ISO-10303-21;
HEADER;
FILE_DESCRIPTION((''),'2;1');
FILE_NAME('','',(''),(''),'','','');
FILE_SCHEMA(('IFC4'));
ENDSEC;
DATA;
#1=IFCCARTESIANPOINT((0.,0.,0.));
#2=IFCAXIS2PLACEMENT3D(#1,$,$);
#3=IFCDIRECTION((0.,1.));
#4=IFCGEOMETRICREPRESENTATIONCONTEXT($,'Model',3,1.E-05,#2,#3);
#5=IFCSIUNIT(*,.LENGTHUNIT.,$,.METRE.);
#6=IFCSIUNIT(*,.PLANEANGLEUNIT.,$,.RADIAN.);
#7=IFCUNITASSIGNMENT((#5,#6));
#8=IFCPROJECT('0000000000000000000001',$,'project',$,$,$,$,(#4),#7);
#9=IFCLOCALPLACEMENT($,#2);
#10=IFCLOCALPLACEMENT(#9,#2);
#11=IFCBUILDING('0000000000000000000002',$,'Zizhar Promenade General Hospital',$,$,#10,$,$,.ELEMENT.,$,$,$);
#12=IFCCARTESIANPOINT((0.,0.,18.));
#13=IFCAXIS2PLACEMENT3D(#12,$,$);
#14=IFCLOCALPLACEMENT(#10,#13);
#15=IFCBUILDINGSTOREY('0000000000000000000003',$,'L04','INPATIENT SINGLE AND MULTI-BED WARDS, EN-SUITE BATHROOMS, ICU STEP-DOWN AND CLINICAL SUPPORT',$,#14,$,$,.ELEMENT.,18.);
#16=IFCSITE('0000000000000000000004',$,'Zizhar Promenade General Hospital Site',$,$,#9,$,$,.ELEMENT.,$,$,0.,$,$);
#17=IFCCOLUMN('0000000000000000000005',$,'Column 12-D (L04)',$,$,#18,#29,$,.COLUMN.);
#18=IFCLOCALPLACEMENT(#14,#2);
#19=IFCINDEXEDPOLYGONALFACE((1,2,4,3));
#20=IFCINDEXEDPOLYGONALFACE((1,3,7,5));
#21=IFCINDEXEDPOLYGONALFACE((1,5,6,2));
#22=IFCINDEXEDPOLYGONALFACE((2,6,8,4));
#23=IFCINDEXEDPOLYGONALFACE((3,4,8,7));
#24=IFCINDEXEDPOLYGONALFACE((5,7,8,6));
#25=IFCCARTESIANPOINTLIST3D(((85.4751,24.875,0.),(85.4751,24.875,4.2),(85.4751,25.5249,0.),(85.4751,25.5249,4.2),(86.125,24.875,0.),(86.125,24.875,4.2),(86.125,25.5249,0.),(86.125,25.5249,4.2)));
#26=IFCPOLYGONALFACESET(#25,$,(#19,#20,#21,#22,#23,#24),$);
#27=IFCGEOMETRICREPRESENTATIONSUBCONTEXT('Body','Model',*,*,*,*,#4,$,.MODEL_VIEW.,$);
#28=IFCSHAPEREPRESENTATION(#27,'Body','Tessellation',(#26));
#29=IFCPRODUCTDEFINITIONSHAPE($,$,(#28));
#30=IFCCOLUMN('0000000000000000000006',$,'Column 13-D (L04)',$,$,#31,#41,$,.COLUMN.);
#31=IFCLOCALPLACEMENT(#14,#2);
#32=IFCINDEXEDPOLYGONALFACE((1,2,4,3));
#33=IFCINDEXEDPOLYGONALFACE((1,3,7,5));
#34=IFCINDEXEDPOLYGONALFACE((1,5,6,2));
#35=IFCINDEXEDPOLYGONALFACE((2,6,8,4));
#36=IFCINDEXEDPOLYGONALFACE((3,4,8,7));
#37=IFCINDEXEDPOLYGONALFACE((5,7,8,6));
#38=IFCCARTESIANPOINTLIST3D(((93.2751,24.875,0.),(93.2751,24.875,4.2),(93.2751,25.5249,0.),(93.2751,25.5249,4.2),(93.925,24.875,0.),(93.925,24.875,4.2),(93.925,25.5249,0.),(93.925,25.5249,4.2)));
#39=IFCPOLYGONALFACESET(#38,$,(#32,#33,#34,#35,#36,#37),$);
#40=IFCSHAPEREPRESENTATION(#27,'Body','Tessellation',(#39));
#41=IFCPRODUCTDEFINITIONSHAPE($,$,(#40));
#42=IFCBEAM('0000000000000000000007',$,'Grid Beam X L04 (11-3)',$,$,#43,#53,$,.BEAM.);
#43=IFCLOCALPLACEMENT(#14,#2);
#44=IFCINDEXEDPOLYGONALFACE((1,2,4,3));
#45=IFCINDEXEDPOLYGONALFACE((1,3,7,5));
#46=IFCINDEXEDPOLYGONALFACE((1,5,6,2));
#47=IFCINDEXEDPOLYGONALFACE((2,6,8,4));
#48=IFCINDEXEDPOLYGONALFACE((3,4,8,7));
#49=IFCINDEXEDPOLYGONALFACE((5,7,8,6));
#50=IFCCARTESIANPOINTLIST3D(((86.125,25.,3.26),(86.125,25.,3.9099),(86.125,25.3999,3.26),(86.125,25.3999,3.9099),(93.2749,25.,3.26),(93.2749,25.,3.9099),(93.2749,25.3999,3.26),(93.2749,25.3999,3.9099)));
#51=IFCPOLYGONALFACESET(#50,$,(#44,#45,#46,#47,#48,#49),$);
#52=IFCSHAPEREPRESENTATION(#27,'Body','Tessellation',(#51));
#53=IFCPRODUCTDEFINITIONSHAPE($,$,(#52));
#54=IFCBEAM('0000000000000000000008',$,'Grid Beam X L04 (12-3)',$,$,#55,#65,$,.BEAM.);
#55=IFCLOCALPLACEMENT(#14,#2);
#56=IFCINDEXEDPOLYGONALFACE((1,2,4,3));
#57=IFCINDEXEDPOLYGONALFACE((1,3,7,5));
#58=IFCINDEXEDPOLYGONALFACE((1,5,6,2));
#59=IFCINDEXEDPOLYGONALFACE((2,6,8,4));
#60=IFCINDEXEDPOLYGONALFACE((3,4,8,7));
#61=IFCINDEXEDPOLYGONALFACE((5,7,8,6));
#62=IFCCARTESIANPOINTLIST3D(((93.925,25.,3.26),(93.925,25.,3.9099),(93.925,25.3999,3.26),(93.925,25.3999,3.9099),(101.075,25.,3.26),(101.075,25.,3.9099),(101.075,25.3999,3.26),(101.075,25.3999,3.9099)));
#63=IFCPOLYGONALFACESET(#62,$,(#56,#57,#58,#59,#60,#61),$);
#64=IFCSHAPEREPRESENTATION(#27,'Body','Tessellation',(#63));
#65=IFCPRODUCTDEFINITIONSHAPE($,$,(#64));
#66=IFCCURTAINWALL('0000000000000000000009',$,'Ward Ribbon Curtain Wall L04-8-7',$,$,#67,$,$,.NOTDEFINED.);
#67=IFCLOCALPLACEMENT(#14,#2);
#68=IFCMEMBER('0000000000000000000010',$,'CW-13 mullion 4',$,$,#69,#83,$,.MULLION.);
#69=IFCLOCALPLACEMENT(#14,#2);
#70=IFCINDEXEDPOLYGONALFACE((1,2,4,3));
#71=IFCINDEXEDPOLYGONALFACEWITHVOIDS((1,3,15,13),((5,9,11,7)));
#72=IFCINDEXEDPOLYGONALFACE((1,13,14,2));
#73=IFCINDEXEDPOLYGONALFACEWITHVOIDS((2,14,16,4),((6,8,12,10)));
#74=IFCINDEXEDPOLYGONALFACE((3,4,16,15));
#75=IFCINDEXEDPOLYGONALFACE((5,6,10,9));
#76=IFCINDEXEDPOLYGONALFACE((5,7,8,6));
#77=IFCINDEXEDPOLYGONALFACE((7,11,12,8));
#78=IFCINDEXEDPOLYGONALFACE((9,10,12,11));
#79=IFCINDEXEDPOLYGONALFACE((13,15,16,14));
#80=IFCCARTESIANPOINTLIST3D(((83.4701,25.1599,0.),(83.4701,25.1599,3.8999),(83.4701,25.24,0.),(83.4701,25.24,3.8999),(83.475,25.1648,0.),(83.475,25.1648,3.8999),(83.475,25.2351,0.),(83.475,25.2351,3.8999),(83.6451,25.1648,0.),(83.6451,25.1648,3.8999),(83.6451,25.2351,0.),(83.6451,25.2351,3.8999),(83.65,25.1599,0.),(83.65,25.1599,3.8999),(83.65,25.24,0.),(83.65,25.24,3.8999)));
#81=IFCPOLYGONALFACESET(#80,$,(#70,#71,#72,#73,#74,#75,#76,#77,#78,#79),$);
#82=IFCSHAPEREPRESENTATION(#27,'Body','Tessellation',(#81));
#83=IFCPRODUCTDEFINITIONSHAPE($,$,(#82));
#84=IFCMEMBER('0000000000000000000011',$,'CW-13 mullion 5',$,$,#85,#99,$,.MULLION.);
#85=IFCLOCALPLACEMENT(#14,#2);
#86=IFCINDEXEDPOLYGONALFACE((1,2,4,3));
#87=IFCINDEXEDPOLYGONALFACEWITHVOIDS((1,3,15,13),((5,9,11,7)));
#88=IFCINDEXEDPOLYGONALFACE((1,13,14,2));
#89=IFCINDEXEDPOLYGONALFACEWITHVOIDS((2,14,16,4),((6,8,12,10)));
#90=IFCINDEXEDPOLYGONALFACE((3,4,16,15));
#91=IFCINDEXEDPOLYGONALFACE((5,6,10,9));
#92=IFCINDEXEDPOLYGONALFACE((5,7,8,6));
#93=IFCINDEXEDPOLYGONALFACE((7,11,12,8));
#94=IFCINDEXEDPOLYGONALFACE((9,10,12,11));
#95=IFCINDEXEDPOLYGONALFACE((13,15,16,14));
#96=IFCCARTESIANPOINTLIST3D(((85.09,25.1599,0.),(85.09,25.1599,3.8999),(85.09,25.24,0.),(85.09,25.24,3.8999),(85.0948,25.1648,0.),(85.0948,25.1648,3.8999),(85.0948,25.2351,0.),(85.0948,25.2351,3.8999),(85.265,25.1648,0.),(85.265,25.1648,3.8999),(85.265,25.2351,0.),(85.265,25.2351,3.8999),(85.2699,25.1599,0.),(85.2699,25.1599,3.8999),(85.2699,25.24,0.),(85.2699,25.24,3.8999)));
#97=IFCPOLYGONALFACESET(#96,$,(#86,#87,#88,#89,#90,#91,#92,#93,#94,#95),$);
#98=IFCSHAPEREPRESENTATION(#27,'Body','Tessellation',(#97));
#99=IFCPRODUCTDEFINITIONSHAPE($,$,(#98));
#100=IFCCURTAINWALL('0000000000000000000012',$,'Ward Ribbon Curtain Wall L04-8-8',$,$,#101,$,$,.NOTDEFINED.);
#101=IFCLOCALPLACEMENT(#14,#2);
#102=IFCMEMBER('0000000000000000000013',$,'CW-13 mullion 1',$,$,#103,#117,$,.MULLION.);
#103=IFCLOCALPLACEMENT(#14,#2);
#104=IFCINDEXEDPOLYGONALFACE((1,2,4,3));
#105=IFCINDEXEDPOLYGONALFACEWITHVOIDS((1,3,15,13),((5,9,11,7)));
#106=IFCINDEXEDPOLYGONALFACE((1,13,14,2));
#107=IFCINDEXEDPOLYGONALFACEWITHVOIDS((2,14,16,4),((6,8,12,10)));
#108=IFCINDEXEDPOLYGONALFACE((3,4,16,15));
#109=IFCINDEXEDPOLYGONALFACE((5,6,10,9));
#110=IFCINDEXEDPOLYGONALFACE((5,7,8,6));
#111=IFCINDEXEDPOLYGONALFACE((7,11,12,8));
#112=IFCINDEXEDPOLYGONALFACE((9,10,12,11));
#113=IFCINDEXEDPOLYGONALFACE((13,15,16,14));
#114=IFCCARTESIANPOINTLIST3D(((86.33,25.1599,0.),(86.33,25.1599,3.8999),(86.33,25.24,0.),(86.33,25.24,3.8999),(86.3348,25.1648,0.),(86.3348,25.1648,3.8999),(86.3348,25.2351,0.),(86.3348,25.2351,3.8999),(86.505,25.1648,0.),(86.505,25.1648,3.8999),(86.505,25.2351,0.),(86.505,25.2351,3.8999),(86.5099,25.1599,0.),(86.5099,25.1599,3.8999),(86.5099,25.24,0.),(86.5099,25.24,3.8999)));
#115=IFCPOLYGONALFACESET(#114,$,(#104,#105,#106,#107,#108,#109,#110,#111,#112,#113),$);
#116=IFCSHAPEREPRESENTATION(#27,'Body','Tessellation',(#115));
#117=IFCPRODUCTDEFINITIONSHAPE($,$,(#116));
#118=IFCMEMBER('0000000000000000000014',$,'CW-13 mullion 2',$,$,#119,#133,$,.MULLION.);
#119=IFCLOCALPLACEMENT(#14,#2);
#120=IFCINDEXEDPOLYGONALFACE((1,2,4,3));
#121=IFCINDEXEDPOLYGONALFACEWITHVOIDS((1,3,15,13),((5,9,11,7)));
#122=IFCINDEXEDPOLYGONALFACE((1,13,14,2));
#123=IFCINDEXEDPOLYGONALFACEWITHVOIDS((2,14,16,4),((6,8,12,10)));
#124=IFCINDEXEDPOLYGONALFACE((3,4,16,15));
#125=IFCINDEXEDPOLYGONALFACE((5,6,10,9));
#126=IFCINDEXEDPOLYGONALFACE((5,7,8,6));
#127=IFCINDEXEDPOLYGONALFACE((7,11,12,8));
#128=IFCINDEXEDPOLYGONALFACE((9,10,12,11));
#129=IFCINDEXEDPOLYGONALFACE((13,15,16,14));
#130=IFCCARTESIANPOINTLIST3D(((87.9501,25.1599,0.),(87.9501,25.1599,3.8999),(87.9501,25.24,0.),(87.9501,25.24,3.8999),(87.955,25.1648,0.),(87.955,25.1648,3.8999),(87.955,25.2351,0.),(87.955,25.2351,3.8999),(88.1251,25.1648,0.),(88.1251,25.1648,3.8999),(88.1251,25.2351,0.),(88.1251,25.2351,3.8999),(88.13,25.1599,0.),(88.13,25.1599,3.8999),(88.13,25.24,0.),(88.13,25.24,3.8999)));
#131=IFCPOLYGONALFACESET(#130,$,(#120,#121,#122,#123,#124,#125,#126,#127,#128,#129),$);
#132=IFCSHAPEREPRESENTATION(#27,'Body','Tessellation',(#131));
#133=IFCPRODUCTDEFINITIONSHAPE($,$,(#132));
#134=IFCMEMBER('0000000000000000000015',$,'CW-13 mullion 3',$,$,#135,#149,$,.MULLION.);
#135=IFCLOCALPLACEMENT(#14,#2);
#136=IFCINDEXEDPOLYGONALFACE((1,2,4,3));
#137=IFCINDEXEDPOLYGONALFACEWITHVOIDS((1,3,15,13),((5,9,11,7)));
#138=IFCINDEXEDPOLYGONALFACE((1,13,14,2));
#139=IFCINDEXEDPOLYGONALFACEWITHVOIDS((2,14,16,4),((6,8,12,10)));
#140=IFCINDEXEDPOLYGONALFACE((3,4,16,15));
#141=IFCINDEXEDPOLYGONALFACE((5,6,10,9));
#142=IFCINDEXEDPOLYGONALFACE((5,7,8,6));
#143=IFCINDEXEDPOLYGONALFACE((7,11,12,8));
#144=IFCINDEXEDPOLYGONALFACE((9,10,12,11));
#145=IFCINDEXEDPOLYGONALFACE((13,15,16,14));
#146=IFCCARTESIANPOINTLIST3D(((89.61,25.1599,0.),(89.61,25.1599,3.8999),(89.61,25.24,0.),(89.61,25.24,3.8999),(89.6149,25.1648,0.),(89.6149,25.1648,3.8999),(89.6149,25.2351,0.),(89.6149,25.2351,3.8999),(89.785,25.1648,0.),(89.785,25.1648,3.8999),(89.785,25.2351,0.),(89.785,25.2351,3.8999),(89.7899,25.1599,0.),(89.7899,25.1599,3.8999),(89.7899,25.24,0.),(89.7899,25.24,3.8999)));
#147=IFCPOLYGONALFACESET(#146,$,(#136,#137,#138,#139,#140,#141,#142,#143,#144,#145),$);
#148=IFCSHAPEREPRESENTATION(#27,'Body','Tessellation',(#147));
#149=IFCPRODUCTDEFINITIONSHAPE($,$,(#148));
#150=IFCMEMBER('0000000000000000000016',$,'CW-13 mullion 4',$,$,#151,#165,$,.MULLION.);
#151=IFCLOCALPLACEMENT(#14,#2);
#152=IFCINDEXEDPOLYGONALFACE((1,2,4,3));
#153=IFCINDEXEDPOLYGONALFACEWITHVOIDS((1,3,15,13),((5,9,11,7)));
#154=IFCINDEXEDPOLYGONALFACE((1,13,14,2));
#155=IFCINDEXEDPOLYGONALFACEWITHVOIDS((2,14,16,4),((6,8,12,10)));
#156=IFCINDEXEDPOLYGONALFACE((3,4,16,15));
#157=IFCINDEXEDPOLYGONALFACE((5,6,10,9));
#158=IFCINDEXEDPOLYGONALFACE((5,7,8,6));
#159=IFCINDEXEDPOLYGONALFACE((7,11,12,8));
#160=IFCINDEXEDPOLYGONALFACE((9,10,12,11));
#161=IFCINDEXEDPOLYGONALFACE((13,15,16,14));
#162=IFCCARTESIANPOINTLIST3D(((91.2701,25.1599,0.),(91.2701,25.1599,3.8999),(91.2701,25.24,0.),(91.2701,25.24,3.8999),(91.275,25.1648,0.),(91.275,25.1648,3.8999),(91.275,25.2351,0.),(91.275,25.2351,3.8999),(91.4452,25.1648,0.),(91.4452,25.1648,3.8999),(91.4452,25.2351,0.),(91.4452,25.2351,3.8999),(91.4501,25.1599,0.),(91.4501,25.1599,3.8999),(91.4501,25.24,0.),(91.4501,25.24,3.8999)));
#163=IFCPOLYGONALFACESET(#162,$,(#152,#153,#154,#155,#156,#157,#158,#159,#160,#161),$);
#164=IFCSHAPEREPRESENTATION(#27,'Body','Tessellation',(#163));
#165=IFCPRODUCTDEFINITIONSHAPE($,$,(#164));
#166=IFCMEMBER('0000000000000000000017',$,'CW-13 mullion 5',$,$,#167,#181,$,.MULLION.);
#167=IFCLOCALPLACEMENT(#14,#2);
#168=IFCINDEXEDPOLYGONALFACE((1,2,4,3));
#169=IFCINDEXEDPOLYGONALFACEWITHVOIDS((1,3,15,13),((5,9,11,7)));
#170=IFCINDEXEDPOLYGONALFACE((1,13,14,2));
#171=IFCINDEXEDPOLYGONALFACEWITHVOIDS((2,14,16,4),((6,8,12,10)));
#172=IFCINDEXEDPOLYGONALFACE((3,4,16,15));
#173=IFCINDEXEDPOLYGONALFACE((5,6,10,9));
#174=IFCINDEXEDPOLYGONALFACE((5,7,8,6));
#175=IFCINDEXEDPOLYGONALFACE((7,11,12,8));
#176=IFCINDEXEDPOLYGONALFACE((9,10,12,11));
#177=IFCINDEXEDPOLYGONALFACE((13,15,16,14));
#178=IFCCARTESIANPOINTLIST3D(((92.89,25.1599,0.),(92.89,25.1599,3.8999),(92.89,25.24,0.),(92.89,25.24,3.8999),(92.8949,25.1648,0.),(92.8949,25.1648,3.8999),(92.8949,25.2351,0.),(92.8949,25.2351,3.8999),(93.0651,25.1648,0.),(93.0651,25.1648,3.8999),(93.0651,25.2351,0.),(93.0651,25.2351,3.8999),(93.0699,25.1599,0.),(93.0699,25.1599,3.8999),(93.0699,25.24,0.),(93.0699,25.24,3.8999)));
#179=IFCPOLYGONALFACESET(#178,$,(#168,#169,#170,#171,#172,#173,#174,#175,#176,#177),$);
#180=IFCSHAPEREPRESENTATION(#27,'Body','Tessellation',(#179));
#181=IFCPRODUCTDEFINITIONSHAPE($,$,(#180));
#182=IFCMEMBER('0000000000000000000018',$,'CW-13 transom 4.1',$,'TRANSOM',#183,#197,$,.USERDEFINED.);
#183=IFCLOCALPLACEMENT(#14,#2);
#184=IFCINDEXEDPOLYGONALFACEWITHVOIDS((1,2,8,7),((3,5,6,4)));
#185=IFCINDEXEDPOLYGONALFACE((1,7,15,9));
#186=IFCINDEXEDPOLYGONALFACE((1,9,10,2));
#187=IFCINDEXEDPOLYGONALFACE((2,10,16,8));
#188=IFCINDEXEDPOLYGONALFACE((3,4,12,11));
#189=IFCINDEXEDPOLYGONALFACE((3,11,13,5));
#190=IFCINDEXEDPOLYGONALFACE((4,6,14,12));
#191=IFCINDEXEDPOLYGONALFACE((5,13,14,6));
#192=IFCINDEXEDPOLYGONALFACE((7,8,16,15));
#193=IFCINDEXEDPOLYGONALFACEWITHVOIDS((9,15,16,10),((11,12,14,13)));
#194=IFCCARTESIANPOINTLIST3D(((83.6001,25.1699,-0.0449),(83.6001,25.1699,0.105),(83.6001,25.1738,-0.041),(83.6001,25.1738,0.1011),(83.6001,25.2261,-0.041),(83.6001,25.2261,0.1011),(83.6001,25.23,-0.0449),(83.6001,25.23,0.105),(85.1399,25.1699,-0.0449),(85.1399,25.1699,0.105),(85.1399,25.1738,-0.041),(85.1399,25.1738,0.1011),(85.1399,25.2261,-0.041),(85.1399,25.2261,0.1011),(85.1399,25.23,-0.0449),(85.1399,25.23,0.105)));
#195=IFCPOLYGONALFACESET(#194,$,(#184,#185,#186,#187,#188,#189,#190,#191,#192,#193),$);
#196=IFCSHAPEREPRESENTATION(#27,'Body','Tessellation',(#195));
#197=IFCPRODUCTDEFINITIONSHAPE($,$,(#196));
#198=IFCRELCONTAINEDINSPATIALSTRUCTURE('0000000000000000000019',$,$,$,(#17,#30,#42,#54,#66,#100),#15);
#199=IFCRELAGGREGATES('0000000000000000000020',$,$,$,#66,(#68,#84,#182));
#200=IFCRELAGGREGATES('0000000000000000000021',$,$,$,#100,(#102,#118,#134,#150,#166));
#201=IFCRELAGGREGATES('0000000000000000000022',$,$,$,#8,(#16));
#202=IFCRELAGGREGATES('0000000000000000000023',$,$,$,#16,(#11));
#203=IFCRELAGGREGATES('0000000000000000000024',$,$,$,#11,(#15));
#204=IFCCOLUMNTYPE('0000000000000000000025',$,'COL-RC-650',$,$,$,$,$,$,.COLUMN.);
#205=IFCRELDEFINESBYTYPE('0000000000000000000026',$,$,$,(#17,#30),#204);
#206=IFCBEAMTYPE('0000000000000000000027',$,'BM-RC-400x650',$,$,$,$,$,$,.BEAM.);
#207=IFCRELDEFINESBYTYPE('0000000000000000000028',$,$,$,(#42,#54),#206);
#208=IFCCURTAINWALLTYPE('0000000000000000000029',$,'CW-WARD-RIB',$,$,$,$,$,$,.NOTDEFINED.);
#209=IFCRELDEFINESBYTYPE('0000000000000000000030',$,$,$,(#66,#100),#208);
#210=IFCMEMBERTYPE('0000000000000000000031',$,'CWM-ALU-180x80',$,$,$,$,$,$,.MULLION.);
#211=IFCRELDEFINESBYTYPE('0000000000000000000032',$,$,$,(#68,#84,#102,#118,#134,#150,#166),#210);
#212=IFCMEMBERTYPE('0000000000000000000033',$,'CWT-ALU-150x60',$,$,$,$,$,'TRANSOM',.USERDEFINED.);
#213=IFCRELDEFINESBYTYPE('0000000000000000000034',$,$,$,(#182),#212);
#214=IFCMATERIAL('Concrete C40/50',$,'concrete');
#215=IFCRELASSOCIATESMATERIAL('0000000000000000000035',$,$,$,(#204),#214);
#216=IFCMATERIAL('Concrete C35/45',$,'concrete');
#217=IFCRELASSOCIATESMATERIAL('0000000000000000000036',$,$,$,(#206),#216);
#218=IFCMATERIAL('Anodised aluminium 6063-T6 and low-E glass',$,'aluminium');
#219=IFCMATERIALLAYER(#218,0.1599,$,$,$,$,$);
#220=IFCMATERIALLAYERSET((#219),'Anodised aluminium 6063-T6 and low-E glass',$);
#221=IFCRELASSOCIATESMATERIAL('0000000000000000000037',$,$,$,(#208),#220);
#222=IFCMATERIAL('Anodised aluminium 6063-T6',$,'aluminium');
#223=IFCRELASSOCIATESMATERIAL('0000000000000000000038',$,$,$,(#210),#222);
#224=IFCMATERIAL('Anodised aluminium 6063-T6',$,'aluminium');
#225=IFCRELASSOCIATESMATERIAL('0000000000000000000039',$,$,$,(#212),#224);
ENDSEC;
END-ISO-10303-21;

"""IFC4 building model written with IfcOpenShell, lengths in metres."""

from ifc_helpers import new_model, si_unit, direction, frame, origin, origin_2d, place, context, subcontext, project, spatial, rectangle, hollow_rectangle, extrude, material, layer, layer_set, material_profile, profile_set, type_object, element, aggregate, save


model = new_model("IFC4")

# Units and contexts
model_context = context("Model", 3, precision=1e-05, world=origin(), true_north=direction((0.0, 1.0)))
body_context = subcontext(model_context, "Body", "Model", "MODEL_VIEW")
ifc_project = project(units=[si_unit("LENGTHUNIT", "METRE"), si_unit("PLANEANGLEUNIT", "RADIAN")], contexts=[model_context])

# Site, building, storey
site_placement = place(None, origin())
site = spatial("IfcSite", under=ifc_project, at=site_placement, Name="Zizhar Promenade General Hospital Site", CompositionType="ELEMENT", RefElevation=0.0)
building_placement = place(site_placement, origin())
building = spatial("IfcBuilding", under=site, at=building_placement, Name="Zizhar Promenade General Hospital", CompositionType="ELEMENT")
storey_placement = place(building_placement, frame((0.0, 0.0, 18.0)))
storey = spatial("IfcBuildingStorey", under=building, at=storey_placement, Name="L04", Description="INPATIENT SINGLE AND MULTI-BED WARDS, EN-SUITE BATHROOMS, ICU STEP-DOWN AND CLINICAL SUPPORT", CompositionType="ELEMENT", Elevation=18.0)

# Columns
ifc_material_1 = material(Name="Concrete C40/50", Category="concrete")
ifc_material_profile_1 = material_profile(ifc_material_1, rectangle(XDim=0.6499, YDim=0.6499, at=origin_2d()))
ifc_profile_set_1 = profile_set([ifc_material_profile_1], Name="Concrete C40/50")
column_type = type_object("IfcColumnType", Name="COL-RC-650", PredefinedType="COLUMN", material=ifc_profile_set_1)
for number, where, z_axis, x_axis, name in (
    (1, (85.8, 25.2, 0.0), (0.0, 0.0, 1.0), (1.0, 0.0, 0.0), "Column 12-D (L04)"),
    (2, (93.6001, 25.2, 0.0), (0.0, 0.0, 1.0), (1.0, 0.0, 0.0), "Column 13-D (L04)"),
):
    element("IfcColumn", number, at=place(storey_placement, frame(where, z_axis=z_axis, x_axis=x_axis)), inside=storey, type_object=column_type, Name=name, PredefinedType="COLUMN", context=body_context, shape_type="SweptSolid", body=[
        extrude(rectangle(XDim=0.6499, YDim=0.6499, at=origin_2d()), origin(), (0.0, 0.0, 1.0), 4.2),
    ])

# Beams
ifc_material_2 = material(Name="Concrete C35/45", Category="concrete")
ifc_material_profile_2 = material_profile(ifc_material_2, rectangle(XDim=0.3999, YDim=0.6499, at=origin_2d()))
ifc_profile_set_2 = profile_set([ifc_material_profile_2], Name="Concrete C35/45")
beam_type = type_object("IfcBeamType", Name="BM-RC-400x650", PredefinedType="BEAM", material=ifc_profile_set_2)
for number, where, z_axis, x_axis, name in (
    (3, (86.125, 25.2, 3.585), (1.0, 0.0, 0.0), (0.0, 1.0, 0.0), "Grid Beam X L04 (11-3)"),
    (4, (93.925, 25.2, 3.585), (1.0, 0.0, 0.0), (0.0, 1.0, 0.0), "Grid Beam X L04 (12-3)"),
):
    element("IfcBeam", number, at=place(storey_placement, frame(where, z_axis=z_axis, x_axis=x_axis)), inside=storey, type_object=beam_type, Name=name, PredefinedType="BEAM", context=body_context, shape_type="SweptSolid", body=[
        extrude(rectangle(XDim=0.3999, YDim=0.6499, at=origin_2d()), origin(), (0.0, 0.0, 1.0), 7.1499),
    ])

# Curtain walls, members
ifc_material_3 = material(Name="Anodised aluminium 6063-T6 and low-E glass", Category="aluminium")
ifc_layer_1 = layer(ifc_material_3, 0.1599)
ifc_layer_set_1 = layer_set([ifc_layer_1], Name="Anodised aluminium 6063-T6 and low-E glass")
curtain_wall_type = type_object("IfcCurtainWallType", Name="CW-WARD-RIB", PredefinedType="NOTDEFINED", material=ifc_layer_set_1)
curtain_wall_1_placement = place(storey_placement, origin())
curtain_wall_1 = element("IfcCurtainWall", 5, at=curtain_wall_1_placement, inside=storey, type_object=curtain_wall_type, Name="Ward Ribbon Curtain Wall L04-8-7", PredefinedType="NOTDEFINED")
ifc_material_4 = material(Name="Anodised aluminium 6063-T6", Category="aluminium")
ifc_material_profile_3 = material_profile(ifc_material_4, hollow_rectangle(XDim=0.0801, YDim=0.1799, WallThickness=0.0049, at=origin_2d()))
ifc_profile_set_3 = profile_set([ifc_material_profile_3], Name="Anodised aluminium 6063-T6")
member_type_1 = type_object("IfcMemberType", Name="CWM-ALU-180x80", PredefinedType="MULLION", material=ifc_profile_set_3)
member_1_placement = place(storey_placement, frame((83.5601, 25.2, 0.0), z_axis=(0.0, 0.0, 1.0), x_axis=(0.0, 1.0, 0.0)))
member_1 = element("IfcMember", 6, at=member_1_placement, type_object=member_type_1, Name="CW-13 mullion 4", PredefinedType="MULLION", context=body_context, shape_type="SweptSolid", body=[
    extrude(hollow_rectangle(XDim=0.0801, YDim=0.1799, WallThickness=0.0049, at=origin_2d()), origin(), (0.0, 0.0, 1.0), 3.8999),
])
member_2_placement = place(storey_placement, frame((85.1799, 25.2, 0.0), z_axis=(0.0, 0.0, 1.0), x_axis=(0.0, 1.0, 0.0)))
member_2 = element("IfcMember", 7, at=member_2_placement, type_object=member_type_1, Name="CW-13 mullion 5", PredefinedType="MULLION", context=body_context, shape_type="SweptSolid", body=[
    extrude(hollow_rectangle(XDim=0.0801, YDim=0.1799, WallThickness=0.0049, at=origin_2d()), origin(), (0.0, 0.0, 1.0), 3.8999),
])
curtain_wall_2_placement = place(storey_placement, origin())
curtain_wall_2 = element("IfcCurtainWall", 8, at=curtain_wall_2_placement, inside=storey, type_object=curtain_wall_type, Name="Ward Ribbon Curtain Wall L04-8-8", PredefinedType="NOTDEFINED")
member_3_placement = place(storey_placement, frame((86.4199, 25.2, 0.0), z_axis=(0.0, 0.0, 1.0), x_axis=(0.0, 1.0, 0.0)))
member_3 = element("IfcMember", 9, at=member_3_placement, type_object=member_type_1, Name="CW-13 mullion 1", PredefinedType="MULLION", context=body_context, shape_type="SweptSolid", body=[
    extrude(hollow_rectangle(XDim=0.0801, YDim=0.1799, WallThickness=0.0049, at=origin_2d()), origin(), (0.0, 0.0, 1.0), 3.8999),
])
member_4_placement = place(storey_placement, frame((88.04, 25.2, 0.0), z_axis=(0.0, 0.0, 1.0), x_axis=(0.0, 1.0, 0.0)))
member_4 = element("IfcMember", 10, at=member_4_placement, type_object=member_type_1, Name="CW-13 mullion 2", PredefinedType="MULLION", context=body_context, shape_type="SweptSolid", body=[
    extrude(hollow_rectangle(XDim=0.0801, YDim=0.1799, WallThickness=0.0049, at=origin_2d()), origin(), (0.0, 0.0, 1.0), 3.8999),
])
member_5_placement = place(storey_placement, frame((89.7, 25.2, 0.0), z_axis=(0.0, 0.0, 1.0), x_axis=(0.0, 1.0, 0.0)))
member_5 = element("IfcMember", 11, at=member_5_placement, type_object=member_type_1, Name="CW-13 mullion 3", PredefinedType="MULLION", context=body_context, shape_type="SweptSolid", body=[
    extrude(hollow_rectangle(XDim=0.0801, YDim=0.1799, WallThickness=0.0049, at=origin_2d()), origin(), (0.0, 0.0, 1.0), 3.8999),
])
member_6_placement = place(storey_placement, frame((91.3601, 25.2, 0.0), z_axis=(0.0, 0.0, 1.0), x_axis=(0.0, 1.0, 0.0)))
member_6 = element("IfcMember", 12, at=member_6_placement, type_object=member_type_1, Name="CW-13 mullion 4", PredefinedType="MULLION", context=body_context, shape_type="SweptSolid", body=[
    extrude(hollow_rectangle(XDim=0.0801, YDim=0.1799, WallThickness=0.0049, at=origin_2d()), origin(), (0.0, 0.0, 1.0), 3.8999),
])
member_7_placement = place(storey_placement, frame((92.98, 25.2, 0.0), z_axis=(0.0, 0.0, 1.0), x_axis=(0.0, 1.0, 0.0)))
member_7 = element("IfcMember", 13, at=member_7_placement, type_object=member_type_1, Name="CW-13 mullion 5", PredefinedType="MULLION", context=body_context, shape_type="SweptSolid", body=[
    extrude(hollow_rectangle(XDim=0.0801, YDim=0.1799, WallThickness=0.0049, at=origin_2d()), origin(), (0.0, 0.0, 1.0), 3.8999),
])

# Member
ifc_material_5 = material(Name="Anodised aluminium 6063-T6", Category="aluminium")
ifc_material_profile_4 = material_profile(ifc_material_5, hollow_rectangle(XDim=0.0601, YDim=0.1499, WallThickness=0.0039, at=origin_2d()))
ifc_profile_set_4 = profile_set([ifc_material_profile_4], Name="Anodised aluminium 6063-T6")
member_type_2 = type_object("IfcMemberType", Name="CWT-ALU-150x60", ElementType="TRANSOM", PredefinedType="USERDEFINED", material=ifc_profile_set_4)
member_8_placement = place(storey_placement, frame((83.6001, 25.2, 0.03), z_axis=(1.0, 0.0, 0.0), x_axis=(0.0, 1.0, 0.0)))
member_8 = element("IfcMember", 14, at=member_8_placement, type_object=member_type_2, Name="CW-13 transom 4.1", ObjectType="TRANSOM", PredefinedType="USERDEFINED", context=body_context, shape_type="SweptSolid", body=[
    extrude(hollow_rectangle(XDim=0.0601, YDim=0.1499, WallThickness=0.0039, at=origin_2d()), origin(), (0.0, 0.0, 1.0), 1.5398),
])

aggregate(curtain_wall_1, [member_1, member_2, member_8])
aggregate(curtain_wall_2, [member_3, member_4, member_5, member_6, member_7])

save(model, "model.ifc")
